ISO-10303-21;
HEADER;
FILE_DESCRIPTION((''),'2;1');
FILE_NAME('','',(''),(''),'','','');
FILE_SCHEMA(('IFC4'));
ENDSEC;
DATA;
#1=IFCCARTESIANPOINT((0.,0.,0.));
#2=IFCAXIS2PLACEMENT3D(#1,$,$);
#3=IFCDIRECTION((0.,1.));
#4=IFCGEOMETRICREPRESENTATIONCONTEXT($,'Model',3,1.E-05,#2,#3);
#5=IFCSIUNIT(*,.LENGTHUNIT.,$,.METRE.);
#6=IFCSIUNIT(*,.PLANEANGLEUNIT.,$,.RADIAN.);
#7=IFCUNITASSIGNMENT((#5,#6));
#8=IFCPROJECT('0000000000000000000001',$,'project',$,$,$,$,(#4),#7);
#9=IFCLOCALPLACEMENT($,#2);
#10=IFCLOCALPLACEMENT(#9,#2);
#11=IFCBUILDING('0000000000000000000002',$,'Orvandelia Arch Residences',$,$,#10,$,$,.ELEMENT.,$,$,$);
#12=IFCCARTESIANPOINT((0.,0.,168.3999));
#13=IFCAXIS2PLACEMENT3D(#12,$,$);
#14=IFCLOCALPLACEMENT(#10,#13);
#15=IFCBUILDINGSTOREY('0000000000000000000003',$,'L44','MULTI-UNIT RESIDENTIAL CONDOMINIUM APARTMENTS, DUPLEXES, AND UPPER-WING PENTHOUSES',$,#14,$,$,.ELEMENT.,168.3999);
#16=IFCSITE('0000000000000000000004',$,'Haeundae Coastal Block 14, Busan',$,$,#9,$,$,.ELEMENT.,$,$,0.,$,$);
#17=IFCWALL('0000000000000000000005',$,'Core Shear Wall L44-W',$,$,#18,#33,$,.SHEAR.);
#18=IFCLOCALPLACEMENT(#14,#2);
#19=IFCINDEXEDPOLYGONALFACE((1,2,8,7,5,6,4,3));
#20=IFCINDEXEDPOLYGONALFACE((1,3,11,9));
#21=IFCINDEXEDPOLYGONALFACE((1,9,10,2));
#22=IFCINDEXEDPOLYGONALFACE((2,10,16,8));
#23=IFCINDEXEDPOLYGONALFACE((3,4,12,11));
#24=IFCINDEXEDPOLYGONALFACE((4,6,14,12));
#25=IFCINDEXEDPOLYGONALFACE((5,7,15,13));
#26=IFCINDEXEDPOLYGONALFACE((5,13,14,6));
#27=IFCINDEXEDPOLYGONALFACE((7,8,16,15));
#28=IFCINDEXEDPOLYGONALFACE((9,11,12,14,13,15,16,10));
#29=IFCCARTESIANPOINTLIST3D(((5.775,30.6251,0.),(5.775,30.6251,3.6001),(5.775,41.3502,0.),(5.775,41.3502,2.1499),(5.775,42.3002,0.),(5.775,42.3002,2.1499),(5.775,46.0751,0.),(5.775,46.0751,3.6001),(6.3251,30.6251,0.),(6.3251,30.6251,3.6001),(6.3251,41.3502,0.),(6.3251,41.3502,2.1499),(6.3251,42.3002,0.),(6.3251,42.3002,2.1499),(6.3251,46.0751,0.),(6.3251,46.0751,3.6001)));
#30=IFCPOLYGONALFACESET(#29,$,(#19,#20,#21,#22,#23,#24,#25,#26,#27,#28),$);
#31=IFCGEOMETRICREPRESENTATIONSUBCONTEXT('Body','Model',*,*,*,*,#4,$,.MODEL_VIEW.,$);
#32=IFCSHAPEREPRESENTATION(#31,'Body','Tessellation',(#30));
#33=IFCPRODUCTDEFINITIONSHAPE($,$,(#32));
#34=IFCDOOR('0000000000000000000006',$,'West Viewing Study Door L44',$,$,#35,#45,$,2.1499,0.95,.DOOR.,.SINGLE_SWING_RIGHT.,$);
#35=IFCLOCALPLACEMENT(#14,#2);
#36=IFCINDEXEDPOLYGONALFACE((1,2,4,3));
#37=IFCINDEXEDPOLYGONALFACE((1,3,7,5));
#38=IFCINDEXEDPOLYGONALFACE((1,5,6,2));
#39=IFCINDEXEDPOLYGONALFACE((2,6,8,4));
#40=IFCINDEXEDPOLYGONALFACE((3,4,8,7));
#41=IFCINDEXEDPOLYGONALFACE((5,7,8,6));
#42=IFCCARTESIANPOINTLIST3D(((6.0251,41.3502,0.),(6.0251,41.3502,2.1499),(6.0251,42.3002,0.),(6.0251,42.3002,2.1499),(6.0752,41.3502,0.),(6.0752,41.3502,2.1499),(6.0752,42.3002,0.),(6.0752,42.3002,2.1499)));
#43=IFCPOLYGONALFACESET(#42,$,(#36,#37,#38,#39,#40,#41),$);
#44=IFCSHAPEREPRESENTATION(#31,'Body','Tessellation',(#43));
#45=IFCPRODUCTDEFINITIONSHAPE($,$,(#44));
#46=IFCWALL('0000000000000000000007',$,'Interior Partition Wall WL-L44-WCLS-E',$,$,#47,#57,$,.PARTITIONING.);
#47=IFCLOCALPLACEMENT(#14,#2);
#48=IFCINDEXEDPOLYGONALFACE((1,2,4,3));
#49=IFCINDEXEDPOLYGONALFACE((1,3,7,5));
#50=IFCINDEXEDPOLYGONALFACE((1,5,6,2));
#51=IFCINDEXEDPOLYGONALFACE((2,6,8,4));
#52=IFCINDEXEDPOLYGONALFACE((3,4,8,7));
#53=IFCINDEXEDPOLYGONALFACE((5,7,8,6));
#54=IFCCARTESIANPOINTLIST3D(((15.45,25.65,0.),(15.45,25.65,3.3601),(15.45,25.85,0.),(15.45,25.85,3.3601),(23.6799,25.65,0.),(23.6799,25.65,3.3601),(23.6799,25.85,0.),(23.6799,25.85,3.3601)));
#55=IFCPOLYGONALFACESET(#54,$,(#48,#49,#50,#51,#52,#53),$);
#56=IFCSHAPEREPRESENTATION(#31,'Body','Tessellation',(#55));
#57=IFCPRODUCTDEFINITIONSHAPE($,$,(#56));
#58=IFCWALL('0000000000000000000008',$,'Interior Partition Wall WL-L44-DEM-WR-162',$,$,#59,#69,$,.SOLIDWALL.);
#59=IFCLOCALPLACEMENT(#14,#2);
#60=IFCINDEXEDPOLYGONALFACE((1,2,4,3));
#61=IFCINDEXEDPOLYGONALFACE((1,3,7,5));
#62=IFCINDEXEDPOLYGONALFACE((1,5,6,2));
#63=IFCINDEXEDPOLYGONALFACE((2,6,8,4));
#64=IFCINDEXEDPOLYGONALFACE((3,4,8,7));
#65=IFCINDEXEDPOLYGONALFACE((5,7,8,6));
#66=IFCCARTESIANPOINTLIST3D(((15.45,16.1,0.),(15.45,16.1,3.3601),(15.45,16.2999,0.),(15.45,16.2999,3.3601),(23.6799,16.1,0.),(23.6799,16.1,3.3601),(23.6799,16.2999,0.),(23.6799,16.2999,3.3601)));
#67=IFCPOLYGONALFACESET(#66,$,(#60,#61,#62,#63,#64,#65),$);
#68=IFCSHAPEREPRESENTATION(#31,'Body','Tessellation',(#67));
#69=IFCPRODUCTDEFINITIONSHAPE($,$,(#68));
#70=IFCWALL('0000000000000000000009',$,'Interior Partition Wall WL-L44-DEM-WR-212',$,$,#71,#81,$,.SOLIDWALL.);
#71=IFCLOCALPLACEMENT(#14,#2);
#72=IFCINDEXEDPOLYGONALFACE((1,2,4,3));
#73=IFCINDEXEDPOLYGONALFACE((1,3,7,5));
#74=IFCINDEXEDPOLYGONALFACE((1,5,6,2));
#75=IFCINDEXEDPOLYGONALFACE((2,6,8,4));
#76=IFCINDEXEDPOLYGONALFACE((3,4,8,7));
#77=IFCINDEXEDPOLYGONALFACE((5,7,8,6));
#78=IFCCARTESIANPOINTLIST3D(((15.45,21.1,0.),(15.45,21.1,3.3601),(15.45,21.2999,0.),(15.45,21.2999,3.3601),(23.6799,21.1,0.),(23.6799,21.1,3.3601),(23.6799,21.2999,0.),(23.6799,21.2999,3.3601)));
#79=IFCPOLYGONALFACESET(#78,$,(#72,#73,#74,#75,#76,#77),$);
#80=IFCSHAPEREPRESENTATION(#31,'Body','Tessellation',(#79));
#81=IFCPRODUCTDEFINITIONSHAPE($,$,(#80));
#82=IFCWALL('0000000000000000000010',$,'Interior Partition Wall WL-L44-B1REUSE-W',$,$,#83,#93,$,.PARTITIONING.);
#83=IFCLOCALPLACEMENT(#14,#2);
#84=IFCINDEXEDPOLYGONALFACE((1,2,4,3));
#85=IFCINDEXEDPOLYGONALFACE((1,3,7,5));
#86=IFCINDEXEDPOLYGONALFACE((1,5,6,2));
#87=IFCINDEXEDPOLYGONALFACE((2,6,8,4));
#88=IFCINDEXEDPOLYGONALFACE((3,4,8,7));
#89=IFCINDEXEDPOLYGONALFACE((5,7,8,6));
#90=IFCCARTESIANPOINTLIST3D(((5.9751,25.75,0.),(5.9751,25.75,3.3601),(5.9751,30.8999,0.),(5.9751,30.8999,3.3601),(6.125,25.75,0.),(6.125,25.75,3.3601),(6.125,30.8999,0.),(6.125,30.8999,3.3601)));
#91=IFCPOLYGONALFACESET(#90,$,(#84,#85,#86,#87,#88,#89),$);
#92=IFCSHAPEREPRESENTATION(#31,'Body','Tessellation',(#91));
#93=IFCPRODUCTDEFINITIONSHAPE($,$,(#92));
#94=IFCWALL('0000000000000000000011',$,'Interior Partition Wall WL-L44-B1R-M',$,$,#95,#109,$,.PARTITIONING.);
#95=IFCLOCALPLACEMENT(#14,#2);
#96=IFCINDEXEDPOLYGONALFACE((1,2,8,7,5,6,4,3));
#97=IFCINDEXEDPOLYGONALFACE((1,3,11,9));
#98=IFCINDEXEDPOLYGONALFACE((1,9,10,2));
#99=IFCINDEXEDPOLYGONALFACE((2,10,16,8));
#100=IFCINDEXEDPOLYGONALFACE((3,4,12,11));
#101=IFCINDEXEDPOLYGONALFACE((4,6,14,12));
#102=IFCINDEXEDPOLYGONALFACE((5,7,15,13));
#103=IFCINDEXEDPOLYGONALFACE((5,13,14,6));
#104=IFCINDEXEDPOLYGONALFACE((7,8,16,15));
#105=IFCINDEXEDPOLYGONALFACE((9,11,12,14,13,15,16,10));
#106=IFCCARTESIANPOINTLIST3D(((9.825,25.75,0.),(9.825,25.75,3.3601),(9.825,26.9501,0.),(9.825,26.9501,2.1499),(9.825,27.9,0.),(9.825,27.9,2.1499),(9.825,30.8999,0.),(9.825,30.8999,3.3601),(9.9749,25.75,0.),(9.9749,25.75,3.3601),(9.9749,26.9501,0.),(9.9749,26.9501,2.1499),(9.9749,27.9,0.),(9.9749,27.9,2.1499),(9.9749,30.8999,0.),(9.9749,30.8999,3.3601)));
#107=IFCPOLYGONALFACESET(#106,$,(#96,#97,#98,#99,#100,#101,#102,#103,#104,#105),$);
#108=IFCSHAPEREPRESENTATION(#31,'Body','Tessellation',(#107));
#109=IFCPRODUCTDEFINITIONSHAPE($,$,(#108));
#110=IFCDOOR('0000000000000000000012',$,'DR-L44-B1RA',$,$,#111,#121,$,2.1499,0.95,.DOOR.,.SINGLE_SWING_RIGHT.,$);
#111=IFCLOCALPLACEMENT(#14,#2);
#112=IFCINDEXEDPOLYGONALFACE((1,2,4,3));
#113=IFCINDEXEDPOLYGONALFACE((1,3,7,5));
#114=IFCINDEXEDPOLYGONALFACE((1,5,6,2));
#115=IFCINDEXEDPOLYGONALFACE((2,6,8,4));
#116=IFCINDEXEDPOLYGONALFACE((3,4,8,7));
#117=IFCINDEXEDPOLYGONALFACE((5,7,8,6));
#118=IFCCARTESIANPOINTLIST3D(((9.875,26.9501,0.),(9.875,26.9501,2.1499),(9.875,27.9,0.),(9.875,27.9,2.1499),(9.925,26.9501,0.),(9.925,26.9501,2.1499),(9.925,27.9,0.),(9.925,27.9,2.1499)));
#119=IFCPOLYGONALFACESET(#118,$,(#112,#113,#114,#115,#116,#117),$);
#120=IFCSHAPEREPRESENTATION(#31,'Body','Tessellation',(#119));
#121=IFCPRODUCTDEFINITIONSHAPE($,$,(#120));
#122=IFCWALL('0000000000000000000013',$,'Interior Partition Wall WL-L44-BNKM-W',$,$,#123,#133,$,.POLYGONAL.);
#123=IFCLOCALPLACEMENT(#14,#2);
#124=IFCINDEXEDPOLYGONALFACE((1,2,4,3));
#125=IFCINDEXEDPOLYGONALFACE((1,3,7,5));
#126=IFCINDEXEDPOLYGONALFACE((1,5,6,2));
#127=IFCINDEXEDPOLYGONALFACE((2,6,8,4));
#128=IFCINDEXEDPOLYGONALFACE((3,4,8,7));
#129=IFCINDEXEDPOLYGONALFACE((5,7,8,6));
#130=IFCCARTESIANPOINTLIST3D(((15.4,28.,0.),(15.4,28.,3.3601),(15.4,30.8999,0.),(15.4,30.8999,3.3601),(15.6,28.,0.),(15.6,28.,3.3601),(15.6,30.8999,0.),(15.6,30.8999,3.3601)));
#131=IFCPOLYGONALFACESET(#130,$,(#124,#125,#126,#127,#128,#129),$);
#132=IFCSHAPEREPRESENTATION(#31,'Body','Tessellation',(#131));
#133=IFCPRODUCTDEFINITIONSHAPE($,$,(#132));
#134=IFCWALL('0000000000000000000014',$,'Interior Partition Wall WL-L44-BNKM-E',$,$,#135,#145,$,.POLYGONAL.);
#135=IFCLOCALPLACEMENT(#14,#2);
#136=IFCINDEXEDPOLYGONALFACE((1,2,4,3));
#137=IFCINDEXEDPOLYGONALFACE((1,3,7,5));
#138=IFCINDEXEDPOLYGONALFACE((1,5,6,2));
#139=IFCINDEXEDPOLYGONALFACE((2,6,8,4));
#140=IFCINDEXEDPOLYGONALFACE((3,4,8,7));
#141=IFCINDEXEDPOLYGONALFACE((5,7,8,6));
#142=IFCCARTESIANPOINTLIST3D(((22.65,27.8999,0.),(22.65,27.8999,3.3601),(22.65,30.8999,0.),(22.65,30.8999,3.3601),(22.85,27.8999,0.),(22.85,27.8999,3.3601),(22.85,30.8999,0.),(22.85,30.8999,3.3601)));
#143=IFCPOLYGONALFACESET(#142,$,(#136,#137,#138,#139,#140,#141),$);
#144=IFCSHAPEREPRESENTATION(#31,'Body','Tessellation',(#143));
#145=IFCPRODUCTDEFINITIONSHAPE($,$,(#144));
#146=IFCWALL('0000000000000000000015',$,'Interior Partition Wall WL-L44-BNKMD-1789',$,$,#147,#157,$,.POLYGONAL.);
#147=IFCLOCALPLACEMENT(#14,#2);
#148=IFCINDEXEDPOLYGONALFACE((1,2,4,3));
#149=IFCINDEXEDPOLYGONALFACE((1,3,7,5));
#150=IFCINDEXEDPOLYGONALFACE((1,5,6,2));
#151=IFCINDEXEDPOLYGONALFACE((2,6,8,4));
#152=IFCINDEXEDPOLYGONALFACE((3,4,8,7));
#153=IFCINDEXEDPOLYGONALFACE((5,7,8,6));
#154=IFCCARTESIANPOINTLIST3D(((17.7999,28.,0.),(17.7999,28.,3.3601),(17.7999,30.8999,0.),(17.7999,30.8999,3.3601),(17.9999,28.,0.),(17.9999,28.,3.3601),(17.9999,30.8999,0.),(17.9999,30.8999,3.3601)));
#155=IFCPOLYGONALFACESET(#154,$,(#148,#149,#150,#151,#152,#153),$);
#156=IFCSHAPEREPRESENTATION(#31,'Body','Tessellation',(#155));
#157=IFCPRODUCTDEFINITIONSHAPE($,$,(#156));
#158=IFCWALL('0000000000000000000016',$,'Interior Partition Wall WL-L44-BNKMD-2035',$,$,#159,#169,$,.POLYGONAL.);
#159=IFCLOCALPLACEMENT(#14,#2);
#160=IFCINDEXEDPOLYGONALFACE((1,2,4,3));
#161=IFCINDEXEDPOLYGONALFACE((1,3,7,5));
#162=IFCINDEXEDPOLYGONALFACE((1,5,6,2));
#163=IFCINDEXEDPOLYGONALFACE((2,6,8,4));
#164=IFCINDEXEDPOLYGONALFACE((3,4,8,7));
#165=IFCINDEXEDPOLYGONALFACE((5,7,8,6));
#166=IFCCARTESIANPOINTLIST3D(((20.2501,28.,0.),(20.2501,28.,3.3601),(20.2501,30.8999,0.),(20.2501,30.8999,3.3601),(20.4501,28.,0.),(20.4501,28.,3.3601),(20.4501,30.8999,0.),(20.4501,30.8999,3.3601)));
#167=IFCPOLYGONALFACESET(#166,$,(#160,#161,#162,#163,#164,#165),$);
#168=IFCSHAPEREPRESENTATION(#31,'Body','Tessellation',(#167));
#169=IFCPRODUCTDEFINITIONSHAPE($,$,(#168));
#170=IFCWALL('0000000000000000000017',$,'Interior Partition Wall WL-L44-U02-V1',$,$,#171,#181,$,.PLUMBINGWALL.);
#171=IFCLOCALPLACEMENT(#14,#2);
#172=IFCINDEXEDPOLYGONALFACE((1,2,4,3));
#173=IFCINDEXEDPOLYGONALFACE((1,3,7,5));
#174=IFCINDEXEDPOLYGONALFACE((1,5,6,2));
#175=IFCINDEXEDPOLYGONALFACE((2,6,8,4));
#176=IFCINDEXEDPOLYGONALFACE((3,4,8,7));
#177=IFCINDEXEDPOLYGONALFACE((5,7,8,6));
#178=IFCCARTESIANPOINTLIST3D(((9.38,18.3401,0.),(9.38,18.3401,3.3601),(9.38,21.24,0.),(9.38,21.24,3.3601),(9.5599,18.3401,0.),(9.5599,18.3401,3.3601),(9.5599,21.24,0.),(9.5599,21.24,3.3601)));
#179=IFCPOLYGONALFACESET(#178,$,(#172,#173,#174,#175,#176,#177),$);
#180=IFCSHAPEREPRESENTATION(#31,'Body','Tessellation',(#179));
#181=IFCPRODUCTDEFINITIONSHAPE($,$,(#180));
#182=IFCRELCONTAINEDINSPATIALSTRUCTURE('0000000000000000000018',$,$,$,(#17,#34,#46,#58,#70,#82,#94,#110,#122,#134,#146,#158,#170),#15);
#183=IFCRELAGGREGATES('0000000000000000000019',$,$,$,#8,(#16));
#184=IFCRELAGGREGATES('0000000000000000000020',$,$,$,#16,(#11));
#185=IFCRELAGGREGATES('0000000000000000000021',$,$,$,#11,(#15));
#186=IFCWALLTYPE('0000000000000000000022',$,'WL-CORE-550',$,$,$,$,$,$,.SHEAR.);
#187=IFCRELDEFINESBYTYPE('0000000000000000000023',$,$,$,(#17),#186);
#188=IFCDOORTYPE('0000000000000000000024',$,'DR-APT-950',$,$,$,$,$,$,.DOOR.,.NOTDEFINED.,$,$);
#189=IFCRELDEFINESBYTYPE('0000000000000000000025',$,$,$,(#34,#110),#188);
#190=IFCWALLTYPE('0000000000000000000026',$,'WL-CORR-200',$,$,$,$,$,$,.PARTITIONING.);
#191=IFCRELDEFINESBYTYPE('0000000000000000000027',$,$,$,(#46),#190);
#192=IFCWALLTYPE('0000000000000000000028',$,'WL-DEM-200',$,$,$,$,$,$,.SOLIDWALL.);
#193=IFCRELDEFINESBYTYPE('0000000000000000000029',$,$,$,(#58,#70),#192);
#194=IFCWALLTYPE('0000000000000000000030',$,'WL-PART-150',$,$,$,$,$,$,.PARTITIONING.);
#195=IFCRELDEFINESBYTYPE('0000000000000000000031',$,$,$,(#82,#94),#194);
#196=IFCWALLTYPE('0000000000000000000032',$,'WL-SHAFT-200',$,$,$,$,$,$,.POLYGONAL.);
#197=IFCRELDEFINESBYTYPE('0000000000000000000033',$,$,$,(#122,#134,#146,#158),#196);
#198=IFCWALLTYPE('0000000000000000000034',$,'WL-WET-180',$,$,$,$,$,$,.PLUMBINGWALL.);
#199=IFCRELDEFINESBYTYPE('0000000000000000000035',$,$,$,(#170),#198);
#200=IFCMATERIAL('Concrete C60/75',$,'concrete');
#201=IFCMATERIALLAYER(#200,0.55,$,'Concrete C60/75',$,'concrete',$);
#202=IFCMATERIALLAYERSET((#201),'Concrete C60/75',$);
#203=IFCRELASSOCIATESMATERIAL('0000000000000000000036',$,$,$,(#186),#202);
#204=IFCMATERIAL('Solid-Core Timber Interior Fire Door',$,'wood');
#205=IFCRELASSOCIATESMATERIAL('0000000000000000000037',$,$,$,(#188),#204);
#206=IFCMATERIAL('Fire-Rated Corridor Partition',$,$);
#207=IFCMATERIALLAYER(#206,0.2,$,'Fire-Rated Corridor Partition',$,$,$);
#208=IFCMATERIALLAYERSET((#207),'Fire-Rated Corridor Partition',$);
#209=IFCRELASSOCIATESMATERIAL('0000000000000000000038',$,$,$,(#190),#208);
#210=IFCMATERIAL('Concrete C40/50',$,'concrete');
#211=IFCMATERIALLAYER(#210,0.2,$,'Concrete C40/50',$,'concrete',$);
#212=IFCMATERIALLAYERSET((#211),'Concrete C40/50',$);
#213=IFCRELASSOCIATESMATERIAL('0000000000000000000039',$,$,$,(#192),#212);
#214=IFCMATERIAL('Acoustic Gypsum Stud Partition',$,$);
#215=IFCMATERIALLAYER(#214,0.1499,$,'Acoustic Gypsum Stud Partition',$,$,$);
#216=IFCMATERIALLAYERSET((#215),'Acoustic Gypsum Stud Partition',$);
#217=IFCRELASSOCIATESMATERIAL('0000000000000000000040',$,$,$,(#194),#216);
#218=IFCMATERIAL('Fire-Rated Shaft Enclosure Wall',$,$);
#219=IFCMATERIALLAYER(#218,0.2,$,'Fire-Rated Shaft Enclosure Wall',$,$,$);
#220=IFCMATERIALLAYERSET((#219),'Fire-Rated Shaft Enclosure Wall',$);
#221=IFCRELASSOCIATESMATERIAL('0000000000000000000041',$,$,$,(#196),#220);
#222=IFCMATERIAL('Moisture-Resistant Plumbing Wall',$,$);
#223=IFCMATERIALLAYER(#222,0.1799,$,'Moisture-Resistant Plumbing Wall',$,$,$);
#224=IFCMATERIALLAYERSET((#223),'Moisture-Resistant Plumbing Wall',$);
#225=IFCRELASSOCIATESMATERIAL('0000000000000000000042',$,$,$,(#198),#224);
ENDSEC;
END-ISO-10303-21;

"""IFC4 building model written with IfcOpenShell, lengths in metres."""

from ifc_helpers import new_model, si_unit, direction, frame, frame_2d, origin, place, context, subcontext, project, spatial, rectangle, extrude, material, layer, layer_set, type_object, element, fill, save


model = new_model("IFC4")

# Units and contexts
model_context = context("Model", 3, precision=1e-05, world=origin(), true_north=direction((0.0, 1.0)))
body_context = subcontext(model_context, "Body", "Model", "MODEL_VIEW")
ifc_project = project(units=[si_unit("LENGTHUNIT", "METRE"), si_unit("PLANEANGLEUNIT", "RADIAN")], contexts=[model_context])

# Site, building, storey
site_placement = place(None, origin())
site = spatial("IfcSite", under=ifc_project, at=site_placement, Name="Haeundae Coastal Block 14, Busan", CompositionType="ELEMENT", RefElevation=0.0)
building_placement = place(site_placement, origin())
building = spatial("IfcBuilding", under=site, at=building_placement, Name="Orvandelia Arch Residences", CompositionType="ELEMENT")
storey_placement = place(building_placement, frame((0.0, 0.0, 168.3999)))
storey = spatial("IfcBuildingStorey", under=building, at=storey_placement, Name="L44", Description="MULTI-UNIT RESIDENTIAL CONDOMINIUM APARTMENTS, DUPLEXES, AND UPPER-WING PENTHOUSES", CompositionType="ELEMENT", Elevation=168.3999)

# Wall, opening, door
ifc_material_1 = material(Name="Concrete C60/75", Category="concrete")
ifc_layer_1 = layer(ifc_material_1, 0.55, Name="Concrete C60/75", Category="concrete")
ifc_layer_set_1 = layer_set([ifc_layer_1], Name="Concrete C60/75")
wall_type_1 = type_object("IfcWallType", Name="WL-CORE-550", PredefinedType="SHEAR", material=ifc_layer_set_1)
wall_1_placement = place(storey_placement, frame((6.05, 30.625, 0.0), z_axis=(0.0, 0.0, 1.0), x_axis=(0.0, 1.0, 0.0)))
wall_1 = element("IfcWall", 1, at=wall_1_placement, inside=storey, type_object=wall_type_1, Name="Core Shear Wall L44-W", PredefinedType="SHEAR", context=body_context, shape_type="SweptSolid", body=[
    extrude(rectangle(XDim=15.45, YDim=0.55, at=frame_2d((7.7251, 0.0))), origin(), (0.0, 0.0, 1.0), 3.6001),
])
opening_1_placement = place(wall_1_placement, frame((10.7251, 0.0, 0.0)))
opening_1 = element("IfcOpeningElement", 2, at=opening_1_placement, cuts=wall_1, PredefinedType="OPENING", context=body_context, shape_type="SweptSolid", body=[
    extrude(rectangle(XDim=0.95, YDim=2.1499, at=frame_2d((0.4751, 1.075))), frame((0.0, 0.2852, 0.0), z_axis=(0.0, -1.0, 0.0), x_axis=(1.0, 0.0, 0.0)), (0.0, 0.0, 1.0), 0.5701),
])
ifc_material_2 = material(Name="Solid-Core Timber Interior Fire Door", Category="wood")
door_type_1 = type_object("IfcDoorType", Name="DR-APT-950", OperationType="NOTDEFINED", PredefinedType="DOOR", material=ifc_material_2)
door_1_placement = place(opening_1_placement, origin())
door_1 = element("IfcDoor", 3, at=door_1_placement, inside=storey, type_object=door_type_1, Name="West Viewing Study Door L44", OperationType="SINGLE_SWING_RIGHT", OverallHeight=2.1499, OverallWidth=0.95, PredefinedType="DOOR", context=body_context, shape_type="SweptSolid", body=[
    extrude(rectangle(XDim=0.95, YDim=2.1499, at=frame_2d((0.4751, 1.075))), frame((0.0, 0.0249, 0.0), z_axis=(0.0, -1.0, 0.0), x_axis=(1.0, 0.0, 0.0)), (0.0, 0.0, 1.0), 0.05),
])
fill(opening_1, door_1)

# Walls
ifc_material_3 = material(Name="Fire-Rated Corridor Partition")
ifc_layer_2 = layer(ifc_material_3, 0.2, Name="Fire-Rated Corridor Partition")
ifc_layer_set_2 = layer_set([ifc_layer_2], Name="Fire-Rated Corridor Partition")
wall_type_2 = type_object("IfcWallType", Name="WL-CORR-200", PredefinedType="PARTITIONING", material=ifc_layer_set_2)
wall_2_placement = place(storey_placement, frame((15.45, 25.75, 0.0), z_axis=(0.0, 0.0, 1.0), x_axis=(1.0, 0.0, 0.0)))
element("IfcWall", 4, at=wall_2_placement, inside=storey, type_object=wall_type_2, Name="Interior Partition Wall WL-L44-WCLS-E", PredefinedType="PARTITIONING", context=body_context, shape_type="SweptSolid", body=[
    extrude(rectangle(XDim=8.23, YDim=0.2, at=frame_2d((4.115, 0.0))), origin(), (0.0, 0.0, 1.0), 3.3601),
])
ifc_material_4 = material(Name="Concrete C40/50", Category="concrete")
ifc_layer_3 = layer(ifc_material_4, 0.2, Name="Concrete C40/50", Category="concrete")
ifc_layer_set_3 = layer_set([ifc_layer_3], Name="Concrete C40/50")
wall_type_3 = type_object("IfcWallType", Name="WL-DEM-200", PredefinedType="SOLIDWALL", material=ifc_layer_set_3)
for number, where, z_axis, x_axis, name in (
    (5, (15.45, 16.2, 0.0), (0.0, 0.0, 1.0), (1.0, 0.0, 0.0), "Interior Partition Wall WL-L44-DEM-WR-162"),
    (6, (15.45, 21.2, 0.0), (0.0, 0.0, 1.0), (1.0, 0.0, 0.0), "Interior Partition Wall WL-L44-DEM-WR-212"),
):
    element("IfcWall", number, at=place(storey_placement, frame(where, z_axis=z_axis, x_axis=x_axis)), inside=storey, type_object=wall_type_3, Name=name, PredefinedType="SOLIDWALL", context=body_context, shape_type="SweptSolid", body=[
        extrude(rectangle(XDim=8.23, YDim=0.2, at=frame_2d((4.115, 0.0))), origin(), (0.0, 0.0, 1.0), 3.3601),
    ])
ifc_material_5 = material(Name="Acoustic Gypsum Stud Partition")
ifc_layer_4 = layer(ifc_material_5, 0.1499, Name="Acoustic Gypsum Stud Partition")
ifc_layer_set_4 = layer_set([ifc_layer_4], Name="Acoustic Gypsum Stud Partition")
wall_type_4 = type_object("IfcWallType", Name="WL-PART-150", PredefinedType="PARTITIONING", material=ifc_layer_set_4)
wall_3_placement = place(storey_placement, frame((6.05, 25.75, 0.0), z_axis=(0.0, 0.0, 1.0), x_axis=(0.0, 1.0, 0.0)))
element("IfcWall", 7, at=wall_3_placement, inside=storey, type_object=wall_type_4, Name="Interior Partition Wall WL-L44-B1REUSE-W", PredefinedType="PARTITIONING", context=body_context, shape_type="SweptSolid", body=[
    extrude(rectangle(XDim=5.1499, YDim=0.1499, at=frame_2d((2.575, 0.0))), origin(), (0.0, 0.0, 1.0), 3.3601),
])

# Wall, opening, door
wall_4_placement = place(storey_placement, frame((9.8999, 25.75, 0.0), z_axis=(0.0, 0.0, 1.0), x_axis=(0.0, 1.0, 0.0)))
wall_4 = element("IfcWall", 8, at=wall_4_placement, inside=storey, type_object=wall_type_4, Name="Interior Partition Wall WL-L44-B1R-M", PredefinedType="PARTITIONING", context=body_context, shape_type="SweptSolid", body=[
    extrude(rectangle(XDim=5.1499, YDim=0.1499, at=frame_2d((2.575, 0.0))), origin(), (0.0, 0.0, 1.0), 3.3601),
])
opening_2_placement = place(wall_4_placement, frame((1.2, 0.0, 0.0)))
opening_2 = element("IfcOpeningElement", 9, at=opening_2_placement, cuts=wall_4, PredefinedType="OPENING", context=body_context, shape_type="SweptSolid", body=[
    extrude(rectangle(XDim=0.95, YDim=2.1499, at=frame_2d((0.4751, 1.075))), frame((0.0, 0.085, 0.0), z_axis=(0.0, -1.0, 0.0), x_axis=(1.0, 0.0, 0.0)), (0.0, 0.0, 1.0), 0.1699),
])
door_2_placement = place(opening_2_placement, origin())
door_2 = element("IfcDoor", 10, at=door_2_placement, inside=storey, type_object=door_type_1, Name="DR-L44-B1RA", OperationType="SINGLE_SWING_RIGHT", OverallHeight=2.1499, OverallWidth=0.95, PredefinedType="DOOR", context=body_context, shape_type="SweptSolid", body=[
    extrude(rectangle(XDim=0.95, YDim=2.1499, at=frame_2d((0.4751, 1.075))), frame((0.0, 0.0249, 0.0), z_axis=(0.0, -1.0, 0.0), x_axis=(1.0, 0.0, 0.0)), (0.0, 0.0, 1.0), 0.05),
])
fill(opening_2, door_2)
ifc_material_6 = material(Name="Fire-Rated Shaft Enclosure Wall")
ifc_layer_5 = layer(ifc_material_6, 0.2, Name="Fire-Rated Shaft Enclosure Wall")
ifc_layer_set_5 = layer_set([ifc_layer_5], Name="Fire-Rated Shaft Enclosure Wall")
wall_type_5 = type_object("IfcWallType", Name="WL-SHAFT-200", PredefinedType="POLYGONAL", material=ifc_layer_set_5)

# Walls
wall_5_placement = place(storey_placement, frame((15.5, 28.0, 0.0), z_axis=(0.0, 0.0, 1.0), x_axis=(0.0, 1.0, 0.0)))
element("IfcWall", 11, at=wall_5_placement, inside=storey, type_object=wall_type_5, Name="Interior Partition Wall WL-L44-BNKM-W", PredefinedType="POLYGONAL", context=body_context, shape_type="SweptSolid", body=[
    extrude(rectangle(XDim=2.8999, YDim=0.2, at=frame_2d((1.45, 0.0))), origin(), (0.0, 0.0, 1.0), 3.3601),
])
wall_6_placement = place(storey_placement, frame((22.75, 27.8999, 0.0), z_axis=(0.0, 0.0, 1.0), x_axis=(0.0, 1.0, 0.0)))
element("IfcWall", 12, at=wall_6_placement, inside=storey, type_object=wall_type_5, Name="Interior Partition Wall WL-L44-BNKM-E", PredefinedType="POLYGONAL", context=body_context, shape_type="SweptSolid", body=[
    extrude(rectangle(XDim=3.0, YDim=0.2, at=frame_2d((1.5, 0.0))), origin(), (0.0, 0.0, 1.0), 3.3601),
])
for number, where, z_axis, x_axis, name in (
    (13, (17.8999, 28.0, 0.0), (0.0, 0.0, 1.0), (0.0, 1.0, 0.0), "Interior Partition Wall WL-L44-BNKMD-1789"),
    (14, (20.3501, 28.0, 0.0), (0.0, 0.0, 1.0), (0.0, 1.0, 0.0), "Interior Partition Wall WL-L44-BNKMD-2035"),
):
    element("IfcWall", number, at=place(storey_placement, frame(where, z_axis=z_axis, x_axis=x_axis)), inside=storey, type_object=wall_type_5, Name=name, PredefinedType="POLYGONAL", context=body_context, shape_type="SweptSolid", body=[
        extrude(rectangle(XDim=2.8999, YDim=0.2, at=frame_2d((1.45, 0.0))), origin(), (0.0, 0.0, 1.0), 3.3601),
    ])
ifc_material_7 = material(Name="Moisture-Resistant Plumbing Wall")
ifc_layer_6 = layer(ifc_material_7, 0.1799, Name="Moisture-Resistant Plumbing Wall")
ifc_layer_set_6 = layer_set([ifc_layer_6], Name="Moisture-Resistant Plumbing Wall")
wall_type_6 = type_object("IfcWallType", Name="WL-WET-180", PredefinedType="PLUMBINGWALL", material=ifc_layer_set_6)
wall_7_placement = place(storey_placement, frame((9.47, 18.3401, 0.0), z_axis=(0.0, 0.0, 1.0), x_axis=(0.0, 1.0, 0.0)))
element("IfcWall", 15, at=wall_7_placement, inside=storey, type_object=wall_type_6, Name="Interior Partition Wall WL-L44-U02-V1", PredefinedType="PLUMBINGWALL", context=body_context, shape_type="SweptSolid", body=[
    extrude(rectangle(XDim=2.8999, YDim=0.1799, at=frame_2d((1.45, 0.0))), origin(), (0.0, 0.0, 1.0), 3.3601),
])

save(model, "model.ifc")
